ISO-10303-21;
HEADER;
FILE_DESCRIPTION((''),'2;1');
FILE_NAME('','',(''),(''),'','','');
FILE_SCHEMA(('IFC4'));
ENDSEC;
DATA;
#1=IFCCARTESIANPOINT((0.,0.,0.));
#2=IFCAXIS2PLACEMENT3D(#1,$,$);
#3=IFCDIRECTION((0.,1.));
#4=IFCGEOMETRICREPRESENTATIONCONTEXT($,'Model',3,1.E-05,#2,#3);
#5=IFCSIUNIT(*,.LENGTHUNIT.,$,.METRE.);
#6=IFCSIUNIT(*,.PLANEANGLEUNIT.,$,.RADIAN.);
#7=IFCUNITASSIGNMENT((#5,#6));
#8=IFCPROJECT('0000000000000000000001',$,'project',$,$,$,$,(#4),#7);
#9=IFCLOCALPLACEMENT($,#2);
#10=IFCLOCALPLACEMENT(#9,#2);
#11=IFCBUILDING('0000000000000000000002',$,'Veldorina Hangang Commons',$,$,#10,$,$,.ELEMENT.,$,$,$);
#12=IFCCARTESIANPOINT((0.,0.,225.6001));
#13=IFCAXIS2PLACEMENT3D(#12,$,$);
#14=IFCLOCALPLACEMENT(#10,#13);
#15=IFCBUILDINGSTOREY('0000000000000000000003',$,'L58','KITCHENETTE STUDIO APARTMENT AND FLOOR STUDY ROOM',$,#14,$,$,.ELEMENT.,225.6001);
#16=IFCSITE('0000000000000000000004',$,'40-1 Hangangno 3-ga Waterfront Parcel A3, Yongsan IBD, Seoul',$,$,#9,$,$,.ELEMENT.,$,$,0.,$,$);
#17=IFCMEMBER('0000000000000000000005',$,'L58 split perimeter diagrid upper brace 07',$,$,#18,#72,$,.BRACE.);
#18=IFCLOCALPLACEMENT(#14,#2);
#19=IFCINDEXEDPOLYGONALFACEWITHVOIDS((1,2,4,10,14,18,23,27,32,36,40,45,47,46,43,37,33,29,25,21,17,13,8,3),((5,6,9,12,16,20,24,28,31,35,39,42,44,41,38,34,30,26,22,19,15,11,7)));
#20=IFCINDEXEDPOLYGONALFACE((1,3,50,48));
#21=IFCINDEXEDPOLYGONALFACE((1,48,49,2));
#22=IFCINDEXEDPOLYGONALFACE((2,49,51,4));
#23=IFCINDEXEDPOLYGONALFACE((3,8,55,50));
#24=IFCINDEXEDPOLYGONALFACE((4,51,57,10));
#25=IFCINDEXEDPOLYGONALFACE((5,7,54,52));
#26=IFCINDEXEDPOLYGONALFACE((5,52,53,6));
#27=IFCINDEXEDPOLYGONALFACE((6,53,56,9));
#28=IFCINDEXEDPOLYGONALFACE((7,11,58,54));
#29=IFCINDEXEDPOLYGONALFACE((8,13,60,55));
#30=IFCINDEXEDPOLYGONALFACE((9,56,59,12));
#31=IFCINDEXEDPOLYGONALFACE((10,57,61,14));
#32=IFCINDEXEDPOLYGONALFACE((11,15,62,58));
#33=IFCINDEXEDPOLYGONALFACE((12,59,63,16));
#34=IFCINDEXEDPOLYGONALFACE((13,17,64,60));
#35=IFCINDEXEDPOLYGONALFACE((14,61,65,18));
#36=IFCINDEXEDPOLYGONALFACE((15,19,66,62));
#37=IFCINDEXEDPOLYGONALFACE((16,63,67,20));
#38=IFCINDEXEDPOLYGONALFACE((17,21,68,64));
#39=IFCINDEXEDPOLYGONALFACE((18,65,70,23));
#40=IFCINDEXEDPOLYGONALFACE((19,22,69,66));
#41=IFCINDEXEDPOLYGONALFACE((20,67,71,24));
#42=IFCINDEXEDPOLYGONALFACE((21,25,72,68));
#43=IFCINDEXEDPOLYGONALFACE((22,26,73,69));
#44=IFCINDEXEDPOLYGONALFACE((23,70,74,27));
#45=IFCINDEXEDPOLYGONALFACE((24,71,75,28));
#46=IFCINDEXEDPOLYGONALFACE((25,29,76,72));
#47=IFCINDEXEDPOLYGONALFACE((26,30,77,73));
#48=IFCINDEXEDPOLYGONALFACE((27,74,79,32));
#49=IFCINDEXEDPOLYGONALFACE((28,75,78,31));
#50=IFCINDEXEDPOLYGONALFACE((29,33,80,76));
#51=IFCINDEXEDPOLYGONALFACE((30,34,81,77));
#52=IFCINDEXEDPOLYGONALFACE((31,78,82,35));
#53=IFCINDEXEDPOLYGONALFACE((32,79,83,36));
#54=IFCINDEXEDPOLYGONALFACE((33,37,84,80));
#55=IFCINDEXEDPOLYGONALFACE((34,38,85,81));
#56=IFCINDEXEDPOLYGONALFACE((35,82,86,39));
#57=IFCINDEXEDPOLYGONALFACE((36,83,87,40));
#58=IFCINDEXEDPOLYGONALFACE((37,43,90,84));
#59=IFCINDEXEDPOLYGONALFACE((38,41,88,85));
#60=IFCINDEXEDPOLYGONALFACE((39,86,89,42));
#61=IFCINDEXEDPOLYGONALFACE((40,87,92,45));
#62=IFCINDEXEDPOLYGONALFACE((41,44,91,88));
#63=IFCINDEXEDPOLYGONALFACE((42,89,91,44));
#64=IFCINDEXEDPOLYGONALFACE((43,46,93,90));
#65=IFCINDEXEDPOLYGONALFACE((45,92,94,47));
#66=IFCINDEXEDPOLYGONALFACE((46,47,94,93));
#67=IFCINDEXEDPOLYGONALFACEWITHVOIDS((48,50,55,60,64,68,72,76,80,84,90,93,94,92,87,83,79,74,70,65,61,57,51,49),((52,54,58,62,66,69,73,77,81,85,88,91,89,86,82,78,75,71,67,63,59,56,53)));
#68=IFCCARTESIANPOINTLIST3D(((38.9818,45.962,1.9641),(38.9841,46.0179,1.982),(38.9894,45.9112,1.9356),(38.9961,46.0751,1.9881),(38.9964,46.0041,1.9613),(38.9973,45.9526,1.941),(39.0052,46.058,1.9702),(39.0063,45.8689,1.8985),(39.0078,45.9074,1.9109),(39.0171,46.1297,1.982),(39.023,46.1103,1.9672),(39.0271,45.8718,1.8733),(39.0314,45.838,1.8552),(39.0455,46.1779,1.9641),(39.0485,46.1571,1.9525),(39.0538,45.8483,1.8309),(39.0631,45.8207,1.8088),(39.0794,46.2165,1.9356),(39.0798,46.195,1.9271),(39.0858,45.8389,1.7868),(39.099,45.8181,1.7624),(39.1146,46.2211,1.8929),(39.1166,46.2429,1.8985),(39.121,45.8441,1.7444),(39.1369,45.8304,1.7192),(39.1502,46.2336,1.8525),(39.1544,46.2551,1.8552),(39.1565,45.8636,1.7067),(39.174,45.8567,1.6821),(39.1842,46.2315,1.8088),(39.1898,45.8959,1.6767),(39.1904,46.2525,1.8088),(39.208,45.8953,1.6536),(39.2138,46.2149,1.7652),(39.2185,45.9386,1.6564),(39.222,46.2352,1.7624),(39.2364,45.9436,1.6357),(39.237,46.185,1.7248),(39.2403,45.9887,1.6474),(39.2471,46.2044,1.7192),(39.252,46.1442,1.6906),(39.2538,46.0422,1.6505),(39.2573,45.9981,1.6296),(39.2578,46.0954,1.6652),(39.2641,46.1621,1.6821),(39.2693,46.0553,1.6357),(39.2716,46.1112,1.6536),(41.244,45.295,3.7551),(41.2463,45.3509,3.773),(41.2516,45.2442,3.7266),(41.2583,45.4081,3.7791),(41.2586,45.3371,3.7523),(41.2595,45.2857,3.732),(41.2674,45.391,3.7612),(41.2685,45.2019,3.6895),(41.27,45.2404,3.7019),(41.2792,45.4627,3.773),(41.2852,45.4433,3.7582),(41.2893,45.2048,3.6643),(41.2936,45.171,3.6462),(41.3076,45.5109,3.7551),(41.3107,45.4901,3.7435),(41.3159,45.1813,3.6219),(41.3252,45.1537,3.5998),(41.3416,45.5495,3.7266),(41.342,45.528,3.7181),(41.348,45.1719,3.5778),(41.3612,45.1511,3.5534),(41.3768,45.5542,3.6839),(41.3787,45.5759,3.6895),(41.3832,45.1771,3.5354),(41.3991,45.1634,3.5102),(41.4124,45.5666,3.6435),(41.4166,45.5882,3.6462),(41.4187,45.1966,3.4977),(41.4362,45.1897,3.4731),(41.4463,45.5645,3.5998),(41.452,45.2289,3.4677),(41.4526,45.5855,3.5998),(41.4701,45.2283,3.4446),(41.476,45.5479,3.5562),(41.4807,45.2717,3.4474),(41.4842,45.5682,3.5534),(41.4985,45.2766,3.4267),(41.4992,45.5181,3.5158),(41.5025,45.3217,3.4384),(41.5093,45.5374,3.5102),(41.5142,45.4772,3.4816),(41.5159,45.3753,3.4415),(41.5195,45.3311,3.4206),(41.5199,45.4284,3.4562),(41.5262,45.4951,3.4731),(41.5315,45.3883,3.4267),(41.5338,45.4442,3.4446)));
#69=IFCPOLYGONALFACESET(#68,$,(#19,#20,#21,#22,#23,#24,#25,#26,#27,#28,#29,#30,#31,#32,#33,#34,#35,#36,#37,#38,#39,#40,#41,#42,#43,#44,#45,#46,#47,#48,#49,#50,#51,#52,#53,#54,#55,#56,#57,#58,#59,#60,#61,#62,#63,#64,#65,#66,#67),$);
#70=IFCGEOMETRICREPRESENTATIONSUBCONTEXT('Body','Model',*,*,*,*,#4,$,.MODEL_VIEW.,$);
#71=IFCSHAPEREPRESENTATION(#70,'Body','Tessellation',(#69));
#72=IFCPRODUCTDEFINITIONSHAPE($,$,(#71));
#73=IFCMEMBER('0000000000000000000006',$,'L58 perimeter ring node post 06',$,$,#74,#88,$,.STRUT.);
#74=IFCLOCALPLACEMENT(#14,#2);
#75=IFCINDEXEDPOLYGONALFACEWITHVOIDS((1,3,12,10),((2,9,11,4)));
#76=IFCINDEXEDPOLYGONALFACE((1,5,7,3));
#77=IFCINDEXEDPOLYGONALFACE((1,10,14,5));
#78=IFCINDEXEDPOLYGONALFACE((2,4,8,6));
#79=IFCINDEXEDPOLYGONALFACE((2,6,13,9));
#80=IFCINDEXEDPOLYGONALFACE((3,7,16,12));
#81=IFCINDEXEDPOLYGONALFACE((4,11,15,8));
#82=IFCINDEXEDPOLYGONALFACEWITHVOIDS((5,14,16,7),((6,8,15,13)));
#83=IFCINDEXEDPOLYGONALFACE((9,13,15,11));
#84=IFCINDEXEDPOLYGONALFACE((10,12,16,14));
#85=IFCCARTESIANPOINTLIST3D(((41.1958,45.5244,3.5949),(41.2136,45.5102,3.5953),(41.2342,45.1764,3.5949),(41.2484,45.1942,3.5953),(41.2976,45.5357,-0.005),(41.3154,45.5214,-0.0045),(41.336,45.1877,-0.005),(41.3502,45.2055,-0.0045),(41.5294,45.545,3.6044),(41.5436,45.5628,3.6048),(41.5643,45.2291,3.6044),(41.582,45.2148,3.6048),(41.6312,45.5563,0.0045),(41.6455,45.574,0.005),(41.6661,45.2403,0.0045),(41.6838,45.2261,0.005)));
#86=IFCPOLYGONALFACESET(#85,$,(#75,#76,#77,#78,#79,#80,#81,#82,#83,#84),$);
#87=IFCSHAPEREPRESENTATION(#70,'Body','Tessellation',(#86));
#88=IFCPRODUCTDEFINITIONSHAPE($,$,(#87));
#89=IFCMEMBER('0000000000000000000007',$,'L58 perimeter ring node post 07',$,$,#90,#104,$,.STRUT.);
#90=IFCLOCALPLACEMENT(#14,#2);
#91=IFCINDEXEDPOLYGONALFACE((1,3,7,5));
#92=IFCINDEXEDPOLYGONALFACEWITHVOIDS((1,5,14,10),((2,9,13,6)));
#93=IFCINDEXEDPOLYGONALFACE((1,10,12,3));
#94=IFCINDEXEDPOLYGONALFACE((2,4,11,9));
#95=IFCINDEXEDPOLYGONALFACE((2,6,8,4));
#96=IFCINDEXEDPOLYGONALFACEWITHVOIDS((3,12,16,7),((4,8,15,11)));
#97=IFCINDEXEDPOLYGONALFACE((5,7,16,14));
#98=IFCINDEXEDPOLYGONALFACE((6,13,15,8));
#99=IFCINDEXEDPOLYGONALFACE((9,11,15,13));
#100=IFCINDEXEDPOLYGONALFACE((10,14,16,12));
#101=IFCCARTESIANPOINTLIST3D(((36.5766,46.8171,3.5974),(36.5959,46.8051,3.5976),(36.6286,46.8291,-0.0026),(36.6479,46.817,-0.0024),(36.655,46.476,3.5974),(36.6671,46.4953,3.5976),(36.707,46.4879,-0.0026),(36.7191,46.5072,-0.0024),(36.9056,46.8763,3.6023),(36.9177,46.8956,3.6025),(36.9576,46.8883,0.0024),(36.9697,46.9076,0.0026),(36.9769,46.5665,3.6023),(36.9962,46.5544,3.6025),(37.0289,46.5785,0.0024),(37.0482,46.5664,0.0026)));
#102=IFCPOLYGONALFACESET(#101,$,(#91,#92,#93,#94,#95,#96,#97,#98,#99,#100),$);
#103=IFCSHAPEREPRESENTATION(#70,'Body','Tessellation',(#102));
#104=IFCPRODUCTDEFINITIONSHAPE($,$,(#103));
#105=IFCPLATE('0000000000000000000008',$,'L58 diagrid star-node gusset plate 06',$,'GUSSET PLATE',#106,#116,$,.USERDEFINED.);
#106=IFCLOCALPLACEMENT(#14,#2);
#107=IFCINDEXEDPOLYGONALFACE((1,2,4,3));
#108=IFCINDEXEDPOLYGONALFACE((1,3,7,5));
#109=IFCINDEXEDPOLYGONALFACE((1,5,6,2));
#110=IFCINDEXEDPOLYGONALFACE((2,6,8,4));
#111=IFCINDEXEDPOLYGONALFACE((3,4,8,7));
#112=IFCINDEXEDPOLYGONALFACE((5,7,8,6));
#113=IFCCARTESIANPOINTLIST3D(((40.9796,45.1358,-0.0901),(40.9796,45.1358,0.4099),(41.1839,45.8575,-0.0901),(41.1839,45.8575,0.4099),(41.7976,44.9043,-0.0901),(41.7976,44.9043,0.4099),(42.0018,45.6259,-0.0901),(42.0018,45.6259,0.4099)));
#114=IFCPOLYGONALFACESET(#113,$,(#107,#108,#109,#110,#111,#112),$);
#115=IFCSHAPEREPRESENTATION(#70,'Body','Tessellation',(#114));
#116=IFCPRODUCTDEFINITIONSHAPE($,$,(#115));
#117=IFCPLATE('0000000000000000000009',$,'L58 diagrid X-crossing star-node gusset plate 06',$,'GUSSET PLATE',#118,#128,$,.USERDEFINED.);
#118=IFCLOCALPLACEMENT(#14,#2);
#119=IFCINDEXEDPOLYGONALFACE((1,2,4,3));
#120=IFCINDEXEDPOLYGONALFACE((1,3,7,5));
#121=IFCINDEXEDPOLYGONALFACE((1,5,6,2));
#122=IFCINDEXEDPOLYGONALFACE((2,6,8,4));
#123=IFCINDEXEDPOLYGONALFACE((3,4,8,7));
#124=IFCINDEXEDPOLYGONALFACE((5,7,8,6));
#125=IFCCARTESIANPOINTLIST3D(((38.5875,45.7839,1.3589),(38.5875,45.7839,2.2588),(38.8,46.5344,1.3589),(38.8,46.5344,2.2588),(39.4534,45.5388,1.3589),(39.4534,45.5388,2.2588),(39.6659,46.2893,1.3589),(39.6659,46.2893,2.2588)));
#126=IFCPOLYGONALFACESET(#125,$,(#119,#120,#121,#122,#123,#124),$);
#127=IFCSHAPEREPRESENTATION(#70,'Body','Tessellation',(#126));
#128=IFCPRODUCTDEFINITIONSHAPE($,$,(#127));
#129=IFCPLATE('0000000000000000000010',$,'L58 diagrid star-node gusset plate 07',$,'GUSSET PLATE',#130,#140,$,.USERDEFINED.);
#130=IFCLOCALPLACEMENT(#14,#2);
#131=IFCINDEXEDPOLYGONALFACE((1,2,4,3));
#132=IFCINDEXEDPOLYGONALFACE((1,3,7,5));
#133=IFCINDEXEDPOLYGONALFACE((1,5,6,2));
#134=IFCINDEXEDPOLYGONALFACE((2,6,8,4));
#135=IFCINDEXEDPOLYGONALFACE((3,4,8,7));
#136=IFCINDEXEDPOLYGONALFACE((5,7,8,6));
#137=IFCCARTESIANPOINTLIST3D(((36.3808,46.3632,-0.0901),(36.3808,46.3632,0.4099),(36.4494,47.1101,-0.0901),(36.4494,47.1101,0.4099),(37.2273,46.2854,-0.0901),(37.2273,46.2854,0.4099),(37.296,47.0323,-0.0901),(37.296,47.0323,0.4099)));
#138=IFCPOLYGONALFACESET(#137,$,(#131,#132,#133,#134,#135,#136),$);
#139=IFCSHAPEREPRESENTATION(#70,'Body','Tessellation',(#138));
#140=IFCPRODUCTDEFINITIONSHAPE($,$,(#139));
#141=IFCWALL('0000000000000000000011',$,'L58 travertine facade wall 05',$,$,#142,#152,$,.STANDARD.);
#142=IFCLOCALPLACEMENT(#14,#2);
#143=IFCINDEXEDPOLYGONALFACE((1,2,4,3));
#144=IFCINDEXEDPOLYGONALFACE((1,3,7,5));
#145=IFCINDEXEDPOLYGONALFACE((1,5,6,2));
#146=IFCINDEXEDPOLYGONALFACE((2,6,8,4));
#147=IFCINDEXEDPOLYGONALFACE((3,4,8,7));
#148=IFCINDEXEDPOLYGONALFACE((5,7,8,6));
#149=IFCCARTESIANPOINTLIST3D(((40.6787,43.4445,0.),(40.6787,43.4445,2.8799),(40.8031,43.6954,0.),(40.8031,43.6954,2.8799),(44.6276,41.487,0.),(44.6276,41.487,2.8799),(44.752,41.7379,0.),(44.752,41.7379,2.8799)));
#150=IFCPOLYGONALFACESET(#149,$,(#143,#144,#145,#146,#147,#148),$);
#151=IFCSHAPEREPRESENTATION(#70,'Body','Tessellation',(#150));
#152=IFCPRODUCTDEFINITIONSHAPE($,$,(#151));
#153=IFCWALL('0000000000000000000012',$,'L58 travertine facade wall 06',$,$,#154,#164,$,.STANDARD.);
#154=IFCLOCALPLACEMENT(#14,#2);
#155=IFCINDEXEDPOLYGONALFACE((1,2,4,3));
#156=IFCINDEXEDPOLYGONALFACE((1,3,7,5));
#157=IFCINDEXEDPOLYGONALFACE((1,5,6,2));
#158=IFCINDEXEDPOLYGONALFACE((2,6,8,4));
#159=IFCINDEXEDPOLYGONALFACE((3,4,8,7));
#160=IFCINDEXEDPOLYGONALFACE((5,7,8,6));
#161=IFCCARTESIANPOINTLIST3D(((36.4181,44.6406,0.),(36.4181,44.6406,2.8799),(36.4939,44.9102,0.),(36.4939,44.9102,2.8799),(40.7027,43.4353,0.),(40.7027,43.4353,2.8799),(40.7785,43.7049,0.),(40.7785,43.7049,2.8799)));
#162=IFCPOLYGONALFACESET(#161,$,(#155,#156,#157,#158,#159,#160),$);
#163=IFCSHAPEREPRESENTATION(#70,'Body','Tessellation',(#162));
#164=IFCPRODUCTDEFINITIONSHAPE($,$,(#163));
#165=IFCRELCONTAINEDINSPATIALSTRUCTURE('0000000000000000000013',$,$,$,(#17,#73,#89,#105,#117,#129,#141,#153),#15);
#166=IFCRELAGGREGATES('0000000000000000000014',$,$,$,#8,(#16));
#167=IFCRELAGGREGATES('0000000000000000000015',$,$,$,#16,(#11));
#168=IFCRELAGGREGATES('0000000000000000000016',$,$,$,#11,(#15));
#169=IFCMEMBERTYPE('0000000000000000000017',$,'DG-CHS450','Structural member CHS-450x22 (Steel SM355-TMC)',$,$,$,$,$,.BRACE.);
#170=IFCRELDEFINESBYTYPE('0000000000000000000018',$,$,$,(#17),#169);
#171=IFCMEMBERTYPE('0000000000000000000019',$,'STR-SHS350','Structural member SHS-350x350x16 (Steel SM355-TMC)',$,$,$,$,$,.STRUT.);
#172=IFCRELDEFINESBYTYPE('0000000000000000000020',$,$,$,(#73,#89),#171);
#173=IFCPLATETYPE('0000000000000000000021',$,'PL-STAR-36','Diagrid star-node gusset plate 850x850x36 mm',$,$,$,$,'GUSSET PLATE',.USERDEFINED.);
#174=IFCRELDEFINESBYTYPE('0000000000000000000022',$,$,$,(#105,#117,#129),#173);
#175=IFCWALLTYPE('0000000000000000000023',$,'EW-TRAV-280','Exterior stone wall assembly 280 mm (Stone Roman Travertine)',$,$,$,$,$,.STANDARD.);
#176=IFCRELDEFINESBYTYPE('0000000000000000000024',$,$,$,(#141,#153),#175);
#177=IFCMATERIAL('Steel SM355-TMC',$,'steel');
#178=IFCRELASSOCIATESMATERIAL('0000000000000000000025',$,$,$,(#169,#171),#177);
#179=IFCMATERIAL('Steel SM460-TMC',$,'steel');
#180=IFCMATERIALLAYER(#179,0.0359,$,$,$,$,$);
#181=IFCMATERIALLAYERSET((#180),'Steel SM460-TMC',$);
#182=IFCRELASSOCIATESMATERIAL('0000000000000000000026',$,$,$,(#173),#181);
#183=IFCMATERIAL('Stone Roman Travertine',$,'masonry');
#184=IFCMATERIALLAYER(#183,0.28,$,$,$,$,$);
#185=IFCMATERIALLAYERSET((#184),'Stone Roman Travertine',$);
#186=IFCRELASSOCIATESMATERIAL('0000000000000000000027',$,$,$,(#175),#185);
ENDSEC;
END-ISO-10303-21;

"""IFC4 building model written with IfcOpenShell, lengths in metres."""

from ifc_helpers import new_model, si_unit, direction, frame, frame_2d, origin, origin_2d, place, context, subcontext, project, spatial, rectangle, hollow_rectangle, hollow_circle, extrude, material, layer, layer_set, material_profile, profile_set, type_object, element, save


model = new_model("IFC4")

# Units and contexts
model_context = context("Model", 3, precision=1e-05, world=origin(), true_north=direction((0.0, 1.0)))
body_context = subcontext(model_context, "Body", "Model", "MODEL_VIEW")
ifc_project = project(units=[si_unit("LENGTHUNIT", "METRE"), si_unit("PLANEANGLEUNIT", "RADIAN")], contexts=[model_context])

# Site, building, storey
site_placement = place(None, origin())
site = spatial("IfcSite", under=ifc_project, at=site_placement, Name="40-1 Hangangno 3-ga Waterfront Parcel A3, Yongsan IBD, Seoul", CompositionType="ELEMENT", RefElevation=0.0)
building_placement = place(site_placement, origin())
building = spatial("IfcBuilding", under=site, at=building_placement, Name="Veldorina Hangang Commons", CompositionType="ELEMENT")
storey_placement = place(building_placement, frame((0.0, 0.0, 225.6001)))
storey = spatial("IfcBuildingStorey", under=building, at=storey_placement, Name="L58", Description="KITCHENETTE STUDIO APARTMENT AND FLOOR STUDY ROOM", CompositionType="ELEMENT", Elevation=225.6001)

# Shared definitions
ifc_material_1 = material(Name="Steel SM355-TMC", Category="steel")

# Members
ifc_material_profile_1 = material_profile(ifc_material_1, hollow_circle(Radius=0.2251, WallThickness=0.022, at=origin_2d()), Name="CHS-450x22")
ifc_profile_set_1 = profile_set([ifc_material_profile_1], Name="Steel SM355-TMC")
member_type_1 = type_object("IfcMemberType", Name="DG-CHS450", Description="Structural member CHS-450x22 (Steel SM355-TMC)", PredefinedType="BRACE", material=ifc_profile_set_1)
member_1_placement = place(storey_placement, frame((39.1267, 46.0366, 1.8088), z_axis=(0.763884, -0.225225, 0.604776), x_axis=(0.282805, 0.959177, 0.0)))
element("IfcMember", 1, at=member_1_placement, inside=storey, type_object=member_type_1, Name="L58 split perimeter diagrid upper brace 07", PredefinedType="BRACE", context=body_context, shape_type="SweptSolid", body=[
    extrude(hollow_circle(Radius=0.2251, WallThickness=0.022, at=origin_2d()), origin(), (0.0, 0.0, 1.0), 2.9614),
])
ifc_material_profile_2 = material_profile(ifc_material_1, hollow_rectangle(XDim=0.3501, YDim=0.3501, WallThickness=0.0161, at=origin_2d()), Name="SHS-350x350x16")
ifc_profile_set_2 = profile_set([ifc_material_profile_2], Name="Steel SM355-TMC")
member_type_2 = type_object("IfcMemberType", Name="STR-SHS350", Description="Structural member SHS-350x350x16 (Steel SM355-TMC)", PredefinedType="STRUT", material=ifc_profile_set_2)
member_2_placement = place(storey_placement, frame((41.4907, 45.3809, 0.0), z_axis=(-0.028269, -0.003118, 0.999595), x_axis=(0.109647, -0.993971, 0.0)))
element("IfcMember", 2, at=member_2_placement, inside=storey, type_object=member_type_2, Name="L58 perimeter ring node post 06", PredefinedType="STRUT", context=body_context, shape_type="SweptSolid", body=[
    extrude(hollow_rectangle(XDim=0.3501, YDim=0.3501, WallThickness=0.0161, at=origin_2d()), origin(), (0.0, 0.0, 1.0), 3.6013),
])
member_3_placement = place(storey_placement, frame((36.8384, 46.6978, 0.0), z_axis=(-0.014444, -0.003323, 0.99989), x_axis=(0.224191, -0.974545, 0.0)))
element("IfcMember", 3, at=member_3_placement, inside=storey, type_object=member_type_2, Name="L58 perimeter ring node post 07", PredefinedType="STRUT", context=body_context, shape_type="SweptSolid", body=[
    extrude(hollow_rectangle(XDim=0.3501, YDim=0.3501, WallThickness=0.0161, at=origin_2d()), origin(), (0.0, 0.0, 1.0), 3.6003),
])

# Plates
ifc_material_2 = material(Name="Steel SM460-TMC", Category="steel")
ifc_layer_1 = layer(ifc_material_2, 0.0359)
ifc_layer_set_1 = layer_set([ifc_layer_1], Name="Steel SM460-TMC")
plate_type = type_object("IfcPlateType", Name="PL-STAR-36", Description="Diagrid star-node gusset plate 850x850x36 mm", ElementType="GUSSET PLATE", PredefinedType="USERDEFINED", material=ifc_layer_set_1)
plate_1_placement = place(storey_placement, frame((41.4907, 45.3809, -0.0901), z_axis=(0.0, 0.0, 1.0), x_axis=(-0.962194, 0.272364, 0.0)))
element("IfcPlate", 4, at=plate_1_placement, inside=storey, type_object=plate_type, Name="L58 diagrid star-node gusset plate 06", ObjectType="GUSSET PLATE", PredefinedType="USERDEFINED", context=body_context, shape_type="SweptSolid", body=[
    extrude(rectangle(XDim=0.8501, YDim=0.75, at=origin_2d()), origin(), (0.0, 0.0, 1.0), 0.5),
])
plate_2_placement = place(storey_placement, frame((39.1267, 46.0366, 1.3589), z_axis=(0.0, 0.0, 1.0), x_axis=(-0.962194, 0.272364, 0.0)))
element("IfcPlate", 5, at=plate_2_placement, inside=storey, type_object=plate_type, Name="L58 diagrid X-crossing star-node gusset plate 06", ObjectType="GUSSET PLATE", PredefinedType="USERDEFINED", context=body_context, shape_type="SweptSolid", body=[
    extrude(rectangle(XDim=0.8999, YDim=0.78, at=origin_2d()), origin(), (0.0, 0.0, 1.0), 0.8999),
])
plate_3_placement = place(storey_placement, frame((36.8384, 46.6978, -0.0901), z_axis=(0.0, 0.0, 1.0), x_axis=(-0.995803, 0.091519, 0.0)))
element("IfcPlate", 6, at=plate_3_placement, inside=storey, type_object=plate_type, Name="L58 diagrid star-node gusset plate 07", ObjectType="GUSSET PLATE", PredefinedType="USERDEFINED", context=body_context, shape_type="SweptSolid", body=[
    extrude(rectangle(XDim=0.8501, YDim=0.75, at=origin_2d()), origin(), (0.0, 0.0, 1.0), 0.5),
])

# Walls
ifc_material_3 = material(Name="Stone Roman Travertine", Category="masonry")
ifc_layer_2 = layer(ifc_material_3, 0.28)
ifc_layer_set_2 = layer_set([ifc_layer_2], Name="Stone Roman Travertine")
wall_type_1 = type_object("IfcWallType", Name="EW-TRAV-280", Description="Exterior stone wall assembly 280 mm (Stone Roman Travertine)", PredefinedType="STANDARD", material=ifc_layer_set_2)
wall_1_placement = place(storey_placement, frame((44.6897, 41.6125, 0.0), z_axis=(0.0, 0.0, 1.0), x_axis=(-0.895962, 0.444131, 0.0)))
element("IfcWall", 7, at=wall_1_placement, inside=storey, type_object=wall_type_1, Name="L58 travertine facade wall 05", PredefinedType="STANDARD", context=body_context, shape_type="SweptSolid", body=[
    extrude(rectangle(XDim=4.4075, YDim=0.28, at=frame_2d((2.2036, 0.0))), origin(), (0.0, 0.0, 1.0), 2.8799),
])
wall_2_placement = place(storey_placement, frame((40.7407, 43.5701, 0.0), z_axis=(0.0, 0.0, 1.0), x_axis=(-0.962636, 0.2708, 0.0)))
element("IfcWall", 8, at=wall_2_placement, inside=storey, type_object=wall_type_1, Name="L58 travertine facade wall 06", PredefinedType="STANDARD", context=body_context, shape_type="SweptSolid", body=[
    extrude(rectangle(XDim=4.4509, YDim=0.28, at=frame_2d((2.2256, 0.0))), origin(), (0.0, 0.0, 1.0), 2.8799),
])

save(model, "model.ifc")
